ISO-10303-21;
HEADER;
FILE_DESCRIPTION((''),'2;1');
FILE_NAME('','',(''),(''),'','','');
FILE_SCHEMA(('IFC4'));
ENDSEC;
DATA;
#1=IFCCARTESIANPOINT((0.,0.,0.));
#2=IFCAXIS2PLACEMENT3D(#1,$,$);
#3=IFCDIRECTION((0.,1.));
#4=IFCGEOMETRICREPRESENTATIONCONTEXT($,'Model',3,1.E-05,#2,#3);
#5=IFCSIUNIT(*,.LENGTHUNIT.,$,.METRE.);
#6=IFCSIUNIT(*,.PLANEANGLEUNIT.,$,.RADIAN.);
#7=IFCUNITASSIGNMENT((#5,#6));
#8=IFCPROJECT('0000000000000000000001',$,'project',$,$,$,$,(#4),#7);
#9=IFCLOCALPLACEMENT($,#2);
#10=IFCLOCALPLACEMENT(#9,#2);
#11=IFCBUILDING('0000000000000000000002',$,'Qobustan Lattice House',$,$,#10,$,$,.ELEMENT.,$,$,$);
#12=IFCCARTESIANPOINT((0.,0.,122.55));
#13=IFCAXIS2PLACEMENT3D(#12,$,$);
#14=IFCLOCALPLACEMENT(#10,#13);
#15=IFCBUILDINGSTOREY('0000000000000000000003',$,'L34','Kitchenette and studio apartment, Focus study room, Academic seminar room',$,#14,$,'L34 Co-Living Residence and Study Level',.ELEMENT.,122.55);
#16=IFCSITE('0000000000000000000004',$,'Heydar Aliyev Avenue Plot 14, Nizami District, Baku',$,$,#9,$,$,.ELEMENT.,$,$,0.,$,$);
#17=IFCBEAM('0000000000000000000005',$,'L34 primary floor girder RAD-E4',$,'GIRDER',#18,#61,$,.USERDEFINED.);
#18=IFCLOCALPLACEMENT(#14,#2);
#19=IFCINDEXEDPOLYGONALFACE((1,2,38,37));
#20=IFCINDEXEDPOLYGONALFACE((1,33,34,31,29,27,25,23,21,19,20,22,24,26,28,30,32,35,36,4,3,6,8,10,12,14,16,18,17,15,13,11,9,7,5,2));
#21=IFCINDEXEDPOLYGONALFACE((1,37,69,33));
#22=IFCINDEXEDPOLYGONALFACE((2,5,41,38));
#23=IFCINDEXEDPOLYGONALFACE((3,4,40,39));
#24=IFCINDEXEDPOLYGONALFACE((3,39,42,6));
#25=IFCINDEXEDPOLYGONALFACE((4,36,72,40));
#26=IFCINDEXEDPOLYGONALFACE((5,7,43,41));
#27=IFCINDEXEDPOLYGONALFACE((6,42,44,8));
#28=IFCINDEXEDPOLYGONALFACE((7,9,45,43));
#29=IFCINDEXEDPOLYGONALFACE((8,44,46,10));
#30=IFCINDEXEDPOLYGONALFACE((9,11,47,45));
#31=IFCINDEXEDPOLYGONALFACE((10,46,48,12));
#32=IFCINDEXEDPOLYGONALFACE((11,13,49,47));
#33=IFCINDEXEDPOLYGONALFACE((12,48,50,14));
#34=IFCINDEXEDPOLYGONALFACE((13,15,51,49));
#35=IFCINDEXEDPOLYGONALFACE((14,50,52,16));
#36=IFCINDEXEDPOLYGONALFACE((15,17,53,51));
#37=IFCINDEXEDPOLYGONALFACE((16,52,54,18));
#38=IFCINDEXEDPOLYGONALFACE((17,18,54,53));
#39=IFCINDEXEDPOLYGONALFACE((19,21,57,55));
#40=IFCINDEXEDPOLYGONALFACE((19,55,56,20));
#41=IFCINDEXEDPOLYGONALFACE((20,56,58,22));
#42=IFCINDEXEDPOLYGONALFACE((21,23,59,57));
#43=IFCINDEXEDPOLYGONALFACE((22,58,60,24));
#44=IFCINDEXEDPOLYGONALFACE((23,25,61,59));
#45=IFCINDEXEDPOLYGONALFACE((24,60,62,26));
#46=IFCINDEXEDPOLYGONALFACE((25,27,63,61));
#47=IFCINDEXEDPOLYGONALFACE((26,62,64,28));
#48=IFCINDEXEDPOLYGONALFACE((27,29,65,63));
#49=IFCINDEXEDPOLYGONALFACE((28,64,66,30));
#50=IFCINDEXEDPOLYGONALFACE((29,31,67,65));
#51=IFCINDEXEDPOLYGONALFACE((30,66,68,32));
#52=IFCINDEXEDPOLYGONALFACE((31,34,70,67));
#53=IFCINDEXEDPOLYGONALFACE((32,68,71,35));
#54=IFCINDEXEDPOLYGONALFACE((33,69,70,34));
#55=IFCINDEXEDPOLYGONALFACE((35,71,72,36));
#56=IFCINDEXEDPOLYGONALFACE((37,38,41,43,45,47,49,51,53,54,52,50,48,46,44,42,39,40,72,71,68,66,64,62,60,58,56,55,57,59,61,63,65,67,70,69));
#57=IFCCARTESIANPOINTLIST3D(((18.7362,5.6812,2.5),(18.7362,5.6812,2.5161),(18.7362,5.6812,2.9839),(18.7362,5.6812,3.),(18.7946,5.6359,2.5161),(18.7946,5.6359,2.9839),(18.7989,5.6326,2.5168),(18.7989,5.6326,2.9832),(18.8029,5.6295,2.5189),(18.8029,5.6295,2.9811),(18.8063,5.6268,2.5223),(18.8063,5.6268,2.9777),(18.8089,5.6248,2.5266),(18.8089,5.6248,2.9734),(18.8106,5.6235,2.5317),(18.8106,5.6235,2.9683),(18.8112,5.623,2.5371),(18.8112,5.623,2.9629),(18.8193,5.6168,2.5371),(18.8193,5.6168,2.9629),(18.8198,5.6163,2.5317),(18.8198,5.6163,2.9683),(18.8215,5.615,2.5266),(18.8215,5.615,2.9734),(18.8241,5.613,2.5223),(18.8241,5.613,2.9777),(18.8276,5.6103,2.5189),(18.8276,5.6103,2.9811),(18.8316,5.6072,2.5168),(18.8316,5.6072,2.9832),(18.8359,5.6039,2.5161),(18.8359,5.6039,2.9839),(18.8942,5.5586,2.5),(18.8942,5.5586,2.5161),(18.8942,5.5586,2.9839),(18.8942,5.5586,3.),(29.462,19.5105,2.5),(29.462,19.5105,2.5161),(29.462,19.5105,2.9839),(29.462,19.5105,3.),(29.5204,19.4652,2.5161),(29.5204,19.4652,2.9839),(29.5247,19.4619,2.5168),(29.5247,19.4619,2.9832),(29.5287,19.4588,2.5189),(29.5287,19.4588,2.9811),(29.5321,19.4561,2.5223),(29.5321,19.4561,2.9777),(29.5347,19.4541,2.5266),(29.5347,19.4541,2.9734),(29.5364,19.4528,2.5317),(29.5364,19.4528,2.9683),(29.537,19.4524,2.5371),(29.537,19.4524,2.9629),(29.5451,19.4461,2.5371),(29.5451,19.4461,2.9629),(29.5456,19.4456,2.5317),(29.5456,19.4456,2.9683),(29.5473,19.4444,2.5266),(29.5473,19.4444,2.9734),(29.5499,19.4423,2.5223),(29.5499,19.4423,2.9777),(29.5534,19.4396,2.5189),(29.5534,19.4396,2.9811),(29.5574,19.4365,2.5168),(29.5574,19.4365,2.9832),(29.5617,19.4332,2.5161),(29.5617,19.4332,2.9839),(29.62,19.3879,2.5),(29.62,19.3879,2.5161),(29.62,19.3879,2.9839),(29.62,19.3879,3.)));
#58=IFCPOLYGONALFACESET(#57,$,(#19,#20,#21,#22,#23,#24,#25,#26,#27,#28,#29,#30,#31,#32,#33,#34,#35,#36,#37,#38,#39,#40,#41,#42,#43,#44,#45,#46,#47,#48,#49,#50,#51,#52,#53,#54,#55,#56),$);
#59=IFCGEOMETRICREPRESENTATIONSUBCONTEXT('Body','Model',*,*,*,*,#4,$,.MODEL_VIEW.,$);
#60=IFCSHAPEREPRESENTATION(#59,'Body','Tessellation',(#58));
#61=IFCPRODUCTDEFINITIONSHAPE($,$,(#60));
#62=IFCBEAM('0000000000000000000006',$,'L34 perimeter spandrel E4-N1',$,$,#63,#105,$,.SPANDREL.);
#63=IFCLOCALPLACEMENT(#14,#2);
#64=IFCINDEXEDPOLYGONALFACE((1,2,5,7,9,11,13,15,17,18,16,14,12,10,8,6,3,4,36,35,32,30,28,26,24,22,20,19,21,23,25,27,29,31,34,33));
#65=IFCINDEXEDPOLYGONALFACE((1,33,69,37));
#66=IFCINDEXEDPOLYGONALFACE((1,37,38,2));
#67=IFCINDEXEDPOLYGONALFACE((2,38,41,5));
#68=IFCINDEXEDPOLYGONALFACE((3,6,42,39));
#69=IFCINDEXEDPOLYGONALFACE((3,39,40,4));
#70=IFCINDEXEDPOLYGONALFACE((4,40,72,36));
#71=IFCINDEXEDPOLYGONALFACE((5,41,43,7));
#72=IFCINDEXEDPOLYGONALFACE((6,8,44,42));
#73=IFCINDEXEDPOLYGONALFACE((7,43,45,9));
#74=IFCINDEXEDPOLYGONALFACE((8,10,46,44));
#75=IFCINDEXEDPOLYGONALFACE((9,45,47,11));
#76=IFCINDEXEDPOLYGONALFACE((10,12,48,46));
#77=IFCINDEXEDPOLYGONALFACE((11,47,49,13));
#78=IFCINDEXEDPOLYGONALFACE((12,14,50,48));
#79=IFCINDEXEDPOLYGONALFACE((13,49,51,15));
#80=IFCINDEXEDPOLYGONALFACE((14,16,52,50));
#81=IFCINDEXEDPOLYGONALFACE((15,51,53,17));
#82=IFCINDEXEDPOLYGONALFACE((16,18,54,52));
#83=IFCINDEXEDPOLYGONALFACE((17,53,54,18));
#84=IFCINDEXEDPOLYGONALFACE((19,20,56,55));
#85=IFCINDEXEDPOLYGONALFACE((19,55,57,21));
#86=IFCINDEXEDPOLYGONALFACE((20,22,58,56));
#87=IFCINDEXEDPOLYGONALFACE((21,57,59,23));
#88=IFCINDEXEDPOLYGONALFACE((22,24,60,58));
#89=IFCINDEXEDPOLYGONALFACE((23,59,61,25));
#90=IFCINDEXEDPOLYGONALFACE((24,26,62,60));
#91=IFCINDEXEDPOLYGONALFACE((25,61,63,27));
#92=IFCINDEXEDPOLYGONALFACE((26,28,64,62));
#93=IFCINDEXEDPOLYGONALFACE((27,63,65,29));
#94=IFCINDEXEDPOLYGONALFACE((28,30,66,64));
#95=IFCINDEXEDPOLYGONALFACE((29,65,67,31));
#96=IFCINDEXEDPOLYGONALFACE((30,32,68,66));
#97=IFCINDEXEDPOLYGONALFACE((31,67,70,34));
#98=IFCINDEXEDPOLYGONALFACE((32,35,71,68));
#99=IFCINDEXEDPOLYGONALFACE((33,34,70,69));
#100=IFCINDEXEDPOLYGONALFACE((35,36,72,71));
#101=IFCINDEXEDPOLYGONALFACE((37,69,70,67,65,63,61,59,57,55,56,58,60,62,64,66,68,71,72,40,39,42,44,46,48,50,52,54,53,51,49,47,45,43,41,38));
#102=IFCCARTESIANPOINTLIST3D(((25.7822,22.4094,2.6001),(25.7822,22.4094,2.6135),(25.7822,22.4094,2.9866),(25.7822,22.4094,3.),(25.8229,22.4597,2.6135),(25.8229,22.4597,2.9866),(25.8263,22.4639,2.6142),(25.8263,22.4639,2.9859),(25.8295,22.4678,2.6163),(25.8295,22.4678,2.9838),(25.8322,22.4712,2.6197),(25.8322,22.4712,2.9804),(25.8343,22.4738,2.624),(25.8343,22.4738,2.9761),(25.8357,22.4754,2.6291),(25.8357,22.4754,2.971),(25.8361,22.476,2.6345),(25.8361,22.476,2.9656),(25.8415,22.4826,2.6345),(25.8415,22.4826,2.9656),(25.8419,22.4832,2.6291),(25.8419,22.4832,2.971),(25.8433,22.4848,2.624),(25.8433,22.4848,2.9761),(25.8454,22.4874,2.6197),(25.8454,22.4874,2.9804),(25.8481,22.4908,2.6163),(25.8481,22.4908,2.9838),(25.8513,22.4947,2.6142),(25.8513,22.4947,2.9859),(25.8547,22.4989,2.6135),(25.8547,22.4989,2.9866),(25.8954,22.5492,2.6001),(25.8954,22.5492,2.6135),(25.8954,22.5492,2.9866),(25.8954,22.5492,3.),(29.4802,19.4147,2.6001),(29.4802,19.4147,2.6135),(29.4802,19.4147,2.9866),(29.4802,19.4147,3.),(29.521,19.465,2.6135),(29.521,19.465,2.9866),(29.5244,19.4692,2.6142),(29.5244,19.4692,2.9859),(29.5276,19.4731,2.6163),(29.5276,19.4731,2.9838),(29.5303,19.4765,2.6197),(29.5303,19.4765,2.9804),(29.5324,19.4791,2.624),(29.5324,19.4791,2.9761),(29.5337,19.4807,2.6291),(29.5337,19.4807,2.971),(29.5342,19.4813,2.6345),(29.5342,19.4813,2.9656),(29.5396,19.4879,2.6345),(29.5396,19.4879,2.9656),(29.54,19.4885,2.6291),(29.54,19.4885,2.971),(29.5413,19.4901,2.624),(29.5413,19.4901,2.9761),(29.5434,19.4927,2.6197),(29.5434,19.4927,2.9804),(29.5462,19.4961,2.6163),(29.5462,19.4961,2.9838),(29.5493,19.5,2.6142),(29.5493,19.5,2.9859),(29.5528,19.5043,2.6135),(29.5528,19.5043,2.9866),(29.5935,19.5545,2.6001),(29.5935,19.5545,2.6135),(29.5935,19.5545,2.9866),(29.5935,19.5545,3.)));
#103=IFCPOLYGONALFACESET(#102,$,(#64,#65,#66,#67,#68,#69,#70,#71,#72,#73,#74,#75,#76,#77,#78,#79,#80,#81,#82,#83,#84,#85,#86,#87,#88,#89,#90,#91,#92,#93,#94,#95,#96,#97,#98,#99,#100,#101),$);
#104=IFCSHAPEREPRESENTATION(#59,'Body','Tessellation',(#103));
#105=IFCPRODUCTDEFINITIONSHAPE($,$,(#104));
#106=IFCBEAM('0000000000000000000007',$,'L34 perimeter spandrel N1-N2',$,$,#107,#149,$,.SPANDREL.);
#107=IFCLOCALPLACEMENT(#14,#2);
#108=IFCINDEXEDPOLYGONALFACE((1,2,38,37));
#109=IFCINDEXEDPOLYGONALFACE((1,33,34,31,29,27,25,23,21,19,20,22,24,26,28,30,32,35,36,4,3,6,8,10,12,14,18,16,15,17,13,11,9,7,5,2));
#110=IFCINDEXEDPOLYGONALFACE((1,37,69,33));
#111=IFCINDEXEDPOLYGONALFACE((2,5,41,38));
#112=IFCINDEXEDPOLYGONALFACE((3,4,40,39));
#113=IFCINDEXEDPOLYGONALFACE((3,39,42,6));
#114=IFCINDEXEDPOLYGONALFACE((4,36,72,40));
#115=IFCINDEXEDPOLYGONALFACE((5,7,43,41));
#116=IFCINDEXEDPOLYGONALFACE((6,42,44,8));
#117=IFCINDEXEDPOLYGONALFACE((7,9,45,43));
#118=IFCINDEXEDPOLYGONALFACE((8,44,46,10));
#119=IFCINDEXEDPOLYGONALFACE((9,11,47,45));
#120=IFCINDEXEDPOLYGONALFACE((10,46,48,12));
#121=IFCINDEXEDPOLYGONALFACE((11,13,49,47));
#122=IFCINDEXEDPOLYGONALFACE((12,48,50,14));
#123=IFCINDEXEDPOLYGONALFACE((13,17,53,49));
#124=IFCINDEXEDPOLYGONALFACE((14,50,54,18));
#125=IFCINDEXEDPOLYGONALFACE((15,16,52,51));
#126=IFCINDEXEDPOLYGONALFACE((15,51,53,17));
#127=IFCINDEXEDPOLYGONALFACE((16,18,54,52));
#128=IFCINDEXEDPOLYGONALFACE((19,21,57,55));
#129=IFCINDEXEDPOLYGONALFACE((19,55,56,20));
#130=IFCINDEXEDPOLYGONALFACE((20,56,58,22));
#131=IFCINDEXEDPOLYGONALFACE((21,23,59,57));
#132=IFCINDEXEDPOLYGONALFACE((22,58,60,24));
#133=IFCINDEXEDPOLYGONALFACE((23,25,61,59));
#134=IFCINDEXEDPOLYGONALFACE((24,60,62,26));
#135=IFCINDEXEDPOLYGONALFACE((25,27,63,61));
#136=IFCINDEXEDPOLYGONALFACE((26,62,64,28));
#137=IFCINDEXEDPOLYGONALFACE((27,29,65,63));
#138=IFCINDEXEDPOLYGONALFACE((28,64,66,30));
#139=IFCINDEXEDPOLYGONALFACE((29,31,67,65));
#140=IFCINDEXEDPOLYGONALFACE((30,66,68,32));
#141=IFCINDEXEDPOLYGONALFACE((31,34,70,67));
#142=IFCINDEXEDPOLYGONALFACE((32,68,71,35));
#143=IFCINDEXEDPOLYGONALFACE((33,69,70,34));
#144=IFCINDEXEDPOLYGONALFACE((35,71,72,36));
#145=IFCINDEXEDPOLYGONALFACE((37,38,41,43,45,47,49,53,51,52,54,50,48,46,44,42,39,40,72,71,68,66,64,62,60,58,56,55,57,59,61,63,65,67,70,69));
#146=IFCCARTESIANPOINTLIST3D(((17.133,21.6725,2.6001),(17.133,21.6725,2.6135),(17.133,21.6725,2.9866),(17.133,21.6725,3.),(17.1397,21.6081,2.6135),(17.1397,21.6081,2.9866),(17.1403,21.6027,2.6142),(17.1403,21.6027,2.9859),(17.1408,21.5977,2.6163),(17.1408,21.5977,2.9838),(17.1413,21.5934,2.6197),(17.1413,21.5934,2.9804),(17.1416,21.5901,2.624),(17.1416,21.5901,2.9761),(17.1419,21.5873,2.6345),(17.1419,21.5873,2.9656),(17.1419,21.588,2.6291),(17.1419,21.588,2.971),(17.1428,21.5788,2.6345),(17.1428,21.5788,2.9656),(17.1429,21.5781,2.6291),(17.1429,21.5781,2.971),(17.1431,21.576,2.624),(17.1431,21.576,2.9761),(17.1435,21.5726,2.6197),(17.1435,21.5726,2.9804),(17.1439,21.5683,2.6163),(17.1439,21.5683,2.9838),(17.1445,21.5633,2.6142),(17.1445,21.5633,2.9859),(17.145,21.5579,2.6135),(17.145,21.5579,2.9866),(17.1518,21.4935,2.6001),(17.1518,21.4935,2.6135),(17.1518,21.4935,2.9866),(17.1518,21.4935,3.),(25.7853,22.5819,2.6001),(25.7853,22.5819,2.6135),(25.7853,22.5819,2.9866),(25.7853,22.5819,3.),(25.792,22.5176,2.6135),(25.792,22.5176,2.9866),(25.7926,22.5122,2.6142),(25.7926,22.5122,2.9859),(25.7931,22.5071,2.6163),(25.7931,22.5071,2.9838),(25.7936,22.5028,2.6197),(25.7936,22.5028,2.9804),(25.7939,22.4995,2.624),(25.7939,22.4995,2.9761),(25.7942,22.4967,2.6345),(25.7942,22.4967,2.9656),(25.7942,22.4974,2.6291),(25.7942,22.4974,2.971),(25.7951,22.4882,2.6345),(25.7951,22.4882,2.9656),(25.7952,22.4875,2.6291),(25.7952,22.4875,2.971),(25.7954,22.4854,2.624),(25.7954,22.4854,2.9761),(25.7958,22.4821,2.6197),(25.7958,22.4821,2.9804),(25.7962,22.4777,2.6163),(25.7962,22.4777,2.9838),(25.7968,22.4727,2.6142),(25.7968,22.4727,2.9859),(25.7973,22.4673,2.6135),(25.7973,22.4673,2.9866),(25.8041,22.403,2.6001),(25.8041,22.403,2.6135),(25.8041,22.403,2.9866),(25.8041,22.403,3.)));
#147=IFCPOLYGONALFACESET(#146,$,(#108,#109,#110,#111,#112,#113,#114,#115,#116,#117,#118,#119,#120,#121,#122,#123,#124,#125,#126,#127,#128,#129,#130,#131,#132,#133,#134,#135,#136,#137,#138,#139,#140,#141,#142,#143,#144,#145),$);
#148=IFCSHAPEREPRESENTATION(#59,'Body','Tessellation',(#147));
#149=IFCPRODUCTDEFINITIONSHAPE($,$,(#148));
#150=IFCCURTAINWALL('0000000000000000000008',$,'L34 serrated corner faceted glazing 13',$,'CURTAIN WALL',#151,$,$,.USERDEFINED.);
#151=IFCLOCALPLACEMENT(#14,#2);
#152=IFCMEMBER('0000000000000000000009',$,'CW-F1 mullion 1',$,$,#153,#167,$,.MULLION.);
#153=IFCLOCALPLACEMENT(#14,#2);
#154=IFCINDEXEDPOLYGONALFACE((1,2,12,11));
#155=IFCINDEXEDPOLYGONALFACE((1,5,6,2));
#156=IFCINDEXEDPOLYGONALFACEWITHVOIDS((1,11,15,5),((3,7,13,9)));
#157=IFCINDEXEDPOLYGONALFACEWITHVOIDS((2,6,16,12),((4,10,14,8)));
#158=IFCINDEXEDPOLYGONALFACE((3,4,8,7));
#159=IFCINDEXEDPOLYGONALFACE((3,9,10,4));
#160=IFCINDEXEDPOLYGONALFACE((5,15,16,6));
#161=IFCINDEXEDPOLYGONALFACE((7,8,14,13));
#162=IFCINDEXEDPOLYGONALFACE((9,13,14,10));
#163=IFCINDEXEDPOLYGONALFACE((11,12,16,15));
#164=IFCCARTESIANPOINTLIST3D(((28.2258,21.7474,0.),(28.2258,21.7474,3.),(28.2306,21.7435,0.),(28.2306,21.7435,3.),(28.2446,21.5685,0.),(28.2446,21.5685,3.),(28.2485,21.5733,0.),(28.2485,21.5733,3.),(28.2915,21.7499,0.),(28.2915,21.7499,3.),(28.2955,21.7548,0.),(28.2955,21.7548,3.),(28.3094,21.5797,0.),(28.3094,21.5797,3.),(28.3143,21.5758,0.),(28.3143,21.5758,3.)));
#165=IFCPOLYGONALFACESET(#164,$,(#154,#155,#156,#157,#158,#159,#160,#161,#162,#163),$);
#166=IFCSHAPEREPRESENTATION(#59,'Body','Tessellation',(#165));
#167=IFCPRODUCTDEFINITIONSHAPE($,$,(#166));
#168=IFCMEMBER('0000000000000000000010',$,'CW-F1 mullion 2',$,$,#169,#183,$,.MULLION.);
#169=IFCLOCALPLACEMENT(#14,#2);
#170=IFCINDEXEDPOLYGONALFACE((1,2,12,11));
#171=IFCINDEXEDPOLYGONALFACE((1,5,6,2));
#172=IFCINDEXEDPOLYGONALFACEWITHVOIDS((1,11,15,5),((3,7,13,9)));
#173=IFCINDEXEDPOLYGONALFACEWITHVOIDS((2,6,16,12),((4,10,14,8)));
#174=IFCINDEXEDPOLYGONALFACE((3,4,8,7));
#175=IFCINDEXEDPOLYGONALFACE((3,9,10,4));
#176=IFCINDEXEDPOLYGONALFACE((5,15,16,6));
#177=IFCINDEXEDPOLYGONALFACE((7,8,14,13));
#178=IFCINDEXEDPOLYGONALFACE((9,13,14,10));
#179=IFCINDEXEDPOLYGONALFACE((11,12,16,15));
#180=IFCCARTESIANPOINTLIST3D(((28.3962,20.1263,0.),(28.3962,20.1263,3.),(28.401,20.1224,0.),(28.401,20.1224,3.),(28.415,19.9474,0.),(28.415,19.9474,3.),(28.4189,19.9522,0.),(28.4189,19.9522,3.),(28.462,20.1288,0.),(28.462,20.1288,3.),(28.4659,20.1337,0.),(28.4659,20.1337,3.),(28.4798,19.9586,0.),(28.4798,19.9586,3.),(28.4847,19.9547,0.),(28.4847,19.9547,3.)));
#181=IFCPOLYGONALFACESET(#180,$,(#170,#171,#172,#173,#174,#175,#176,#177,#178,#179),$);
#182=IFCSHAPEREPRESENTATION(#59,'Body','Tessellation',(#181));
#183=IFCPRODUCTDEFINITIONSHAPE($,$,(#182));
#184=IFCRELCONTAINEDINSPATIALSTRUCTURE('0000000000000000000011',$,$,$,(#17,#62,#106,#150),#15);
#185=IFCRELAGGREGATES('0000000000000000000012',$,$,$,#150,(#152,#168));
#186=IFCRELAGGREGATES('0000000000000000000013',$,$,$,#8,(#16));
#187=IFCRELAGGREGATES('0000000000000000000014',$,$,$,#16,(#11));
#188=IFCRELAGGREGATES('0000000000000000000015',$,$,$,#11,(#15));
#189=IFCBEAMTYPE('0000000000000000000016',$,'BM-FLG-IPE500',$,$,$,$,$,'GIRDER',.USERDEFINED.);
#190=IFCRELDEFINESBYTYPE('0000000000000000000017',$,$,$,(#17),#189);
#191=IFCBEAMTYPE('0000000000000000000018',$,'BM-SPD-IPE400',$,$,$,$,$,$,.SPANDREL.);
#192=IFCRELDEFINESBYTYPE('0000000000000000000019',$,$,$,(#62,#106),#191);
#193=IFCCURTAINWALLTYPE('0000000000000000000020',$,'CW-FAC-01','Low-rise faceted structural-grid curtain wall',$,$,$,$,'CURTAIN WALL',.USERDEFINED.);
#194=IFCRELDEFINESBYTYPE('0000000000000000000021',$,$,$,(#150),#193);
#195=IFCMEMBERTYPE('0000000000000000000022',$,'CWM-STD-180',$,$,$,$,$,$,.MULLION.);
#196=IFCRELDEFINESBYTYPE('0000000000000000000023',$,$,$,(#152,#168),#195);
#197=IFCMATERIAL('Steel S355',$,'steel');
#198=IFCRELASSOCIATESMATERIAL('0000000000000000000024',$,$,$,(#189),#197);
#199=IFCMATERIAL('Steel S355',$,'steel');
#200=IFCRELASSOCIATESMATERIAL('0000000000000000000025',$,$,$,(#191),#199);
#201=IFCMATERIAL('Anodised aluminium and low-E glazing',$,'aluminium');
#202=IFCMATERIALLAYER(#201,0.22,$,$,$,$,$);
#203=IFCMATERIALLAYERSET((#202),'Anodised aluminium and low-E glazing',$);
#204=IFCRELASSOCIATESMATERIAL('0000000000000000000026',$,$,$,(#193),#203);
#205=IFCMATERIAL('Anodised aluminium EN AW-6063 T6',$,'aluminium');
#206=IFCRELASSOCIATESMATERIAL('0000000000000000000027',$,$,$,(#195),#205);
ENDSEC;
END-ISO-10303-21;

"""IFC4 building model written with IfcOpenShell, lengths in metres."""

from ifc_helpers import new_model, si_unit, direction, frame, origin, origin_2d, place, context, subcontext, project, spatial, hollow_rectangle, i_section, extrude, material, layer, layer_set, material_profile, profile_set, type_object, element, aggregate, save


model = new_model("IFC4")

# Units and contexts
model_context = context("Model", 3, precision=1e-05, world=origin(), true_north=direction((0.0, 1.0)))
body_context = subcontext(model_context, "Body", "Model", "MODEL_VIEW")
ifc_project = project(units=[si_unit("LENGTHUNIT", "METRE"), si_unit("PLANEANGLEUNIT", "RADIAN")], contexts=[model_context])

# Site, building, storey
site_placement = place(None, origin())
site = spatial("IfcSite", under=ifc_project, at=site_placement, Name="Heydar Aliyev Avenue Plot 14, Nizami District, Baku", CompositionType="ELEMENT", RefElevation=0.0)
building_placement = place(site_placement, origin())
building = spatial("IfcBuilding", under=site, at=building_placement, Name="Qobustan Lattice House", CompositionType="ELEMENT")
storey_placement = place(building_placement, frame((0.0, 0.0, 122.55)))
storey = spatial("IfcBuildingStorey", under=building, at=storey_placement, Name="L34", Description="Kitchenette and studio apartment, Focus study room, Academic seminar room", LongName="L34 Co-Living Residence and Study Level", CompositionType="ELEMENT", Elevation=122.55)

# Beams
ifc_material_1 = material(Name="Steel S355", Category="steel")
ifc_material_profile_1 = material_profile(ifc_material_1, i_section(OverallWidth=0.2, OverallDepth=0.5, WebThickness=0.0103, FlangeThickness=0.0161, FilletRadius=0.021, at=origin_2d()), Name="IPE500")
ifc_profile_set_1 = profile_set([ifc_material_profile_1], Name="Steel S355")
beam_type_1 = type_object("IfcBeamType", Name="BM-FLG-IPE500", ElementType="GIRDER", PredefinedType="USERDEFINED", material=ifc_profile_set_1)
beam_1_placement = place(storey_placement, frame((29.541, 19.4492, 2.75), z_axis=(-0.61286, -0.790191, 0.0), x_axis=(0.790191, -0.61286, 0.0)))
element("IfcBeam", 1, at=beam_1_placement, inside=storey, type_object=beam_type_1, Name="L34 primary floor girder RAD-E4", ObjectType="GIRDER", PredefinedType="USERDEFINED", context=body_context, shape_type="SweptSolid", body=[
    extrude(i_section(OverallWidth=0.2, OverallDepth=0.5, WebThickness=0.0103, FlangeThickness=0.0161, FilletRadius=0.021, at=origin_2d()), origin(), (0.0, 0.0, 1.0), 17.5012),
])
ifc_material_2 = material(Name="Steel S355", Category="steel")
ifc_material_profile_2 = material_profile(ifc_material_2, i_section(OverallWidth=0.1799, OverallDepth=0.3999, WebThickness=0.0085, FlangeThickness=0.0134, FilletRadius=0.021, at=origin_2d()), Name="IPE400")
ifc_profile_set_2 = profile_set([ifc_material_profile_2], Name="Steel S355")
beam_type_2 = type_object("IfcBeamType", Name="BM-SPD-IPE400", PredefinedType="SPANDREL", material=ifc_profile_set_2)
beam_2_placement = place(storey_placement, frame((29.5369, 19.4846, 2.8), z_axis=(-0.777141, 0.629327, 0.0), x_axis=(-0.629327, -0.777141, 0.0)))
element("IfcBeam", 2, at=beam_2_placement, inside=storey, type_object=beam_type_2, Name="L34 perimeter spandrel E4-N1", PredefinedType="SPANDREL", context=body_context, shape_type="SweptSolid", body=[
    extrude(i_section(OverallWidth=0.1799, OverallDepth=0.3999, WebThickness=0.0085, FlangeThickness=0.0134, FilletRadius=0.021, at=origin_2d()), origin(), (0.0, 0.0, 1.0), 4.7585),
])
beam_3_placement = place(storey_placement, frame((25.7947, 22.4924, 2.8), z_axis=(-0.994522, -0.104531, 0.0), x_axis=(0.104531, -0.994522, 0.0)))
element("IfcBeam", 3, at=beam_3_placement, inside=storey, type_object=beam_type_2, Name="L34 perimeter spandrel N1-N2", PredefinedType="SPANDREL", context=body_context, shape_type="SweptSolid", body=[
    extrude(i_section(OverallWidth=0.1799, OverallDepth=0.3999, WebThickness=0.0085, FlangeThickness=0.0134, FilletRadius=0.021, at=origin_2d()), origin(), (0.0, 0.0, 1.0), 8.7),
])

# Curtain wall, members
ifc_material_3 = material(Name="Anodised aluminium and low-E glazing", Category="aluminium")
ifc_layer_1 = layer(ifc_material_3, 0.22)
ifc_layer_set_1 = layer_set([ifc_layer_1], Name="Anodised aluminium and low-E glazing")
curtain_wall_type = type_object("IfcCurtainWallType", Name="CW-FAC-01", Description="Low-rise faceted structural-grid curtain wall", ElementType="CURTAIN WALL", PredefinedType="USERDEFINED", material=ifc_layer_set_1)
curtain_wall_placement = place(storey_placement, origin())
curtain_wall = element("IfcCurtainWall", 4, at=curtain_wall_placement, inside=storey, type_object=curtain_wall_type, Name="L34 serrated corner faceted glazing 13", ObjectType="CURTAIN WALL", PredefinedType="USERDEFINED")
ifc_material_4 = material(Name="Anodised aluminium EN AW-6063 T6", Category="aluminium")
ifc_material_profile_3 = material_profile(ifc_material_4, hollow_rectangle(XDim=0.0701, YDim=0.1799, WallThickness=0.0044, at=origin_2d()), Name="CWM-180x70")
ifc_profile_set_3 = profile_set([ifc_material_profile_3], Name="Anodised aluminium EN AW-6063 T6")
member_type_1 = type_object("IfcMemberType", Name="CWM-STD-180", PredefinedType="MULLION", material=ifc_profile_set_3)
member_1_placement = place(storey_placement, frame((28.27, 21.6616, 0.0), z_axis=(0.0, 0.0, 1.0), x_axis=(0.994522, 0.104529, 0.0)))
member_1 = element("IfcMember", 5, at=member_1_placement, type_object=member_type_1, Name="CW-F1 mullion 1", PredefinedType="MULLION", context=body_context, shape_type="SweptSolid", body=[
    extrude(hollow_rectangle(XDim=0.0701, YDim=0.1799, WallThickness=0.0044, at=origin_2d()), origin(), (0.0, 0.0, 1.0), 3.0),
])
member_2_placement = place(storey_placement, frame((28.4404, 20.0405, 0.0), z_axis=(0.0, 0.0, 1.0), x_axis=(0.994522, 0.104529, 0.0)))
member_2 = element("IfcMember", 6, at=member_2_placement, type_object=member_type_1, Name="CW-F1 mullion 2", PredefinedType="MULLION", context=body_context, shape_type="SweptSolid", body=[
    extrude(hollow_rectangle(XDim=0.0701, YDim=0.1799, WallThickness=0.0044, at=origin_2d()), origin(), (0.0, 0.0, 1.0), 3.0),
])
aggregate(curtain_wall, [member_1, member_2])

save(model, "model.ifc")
